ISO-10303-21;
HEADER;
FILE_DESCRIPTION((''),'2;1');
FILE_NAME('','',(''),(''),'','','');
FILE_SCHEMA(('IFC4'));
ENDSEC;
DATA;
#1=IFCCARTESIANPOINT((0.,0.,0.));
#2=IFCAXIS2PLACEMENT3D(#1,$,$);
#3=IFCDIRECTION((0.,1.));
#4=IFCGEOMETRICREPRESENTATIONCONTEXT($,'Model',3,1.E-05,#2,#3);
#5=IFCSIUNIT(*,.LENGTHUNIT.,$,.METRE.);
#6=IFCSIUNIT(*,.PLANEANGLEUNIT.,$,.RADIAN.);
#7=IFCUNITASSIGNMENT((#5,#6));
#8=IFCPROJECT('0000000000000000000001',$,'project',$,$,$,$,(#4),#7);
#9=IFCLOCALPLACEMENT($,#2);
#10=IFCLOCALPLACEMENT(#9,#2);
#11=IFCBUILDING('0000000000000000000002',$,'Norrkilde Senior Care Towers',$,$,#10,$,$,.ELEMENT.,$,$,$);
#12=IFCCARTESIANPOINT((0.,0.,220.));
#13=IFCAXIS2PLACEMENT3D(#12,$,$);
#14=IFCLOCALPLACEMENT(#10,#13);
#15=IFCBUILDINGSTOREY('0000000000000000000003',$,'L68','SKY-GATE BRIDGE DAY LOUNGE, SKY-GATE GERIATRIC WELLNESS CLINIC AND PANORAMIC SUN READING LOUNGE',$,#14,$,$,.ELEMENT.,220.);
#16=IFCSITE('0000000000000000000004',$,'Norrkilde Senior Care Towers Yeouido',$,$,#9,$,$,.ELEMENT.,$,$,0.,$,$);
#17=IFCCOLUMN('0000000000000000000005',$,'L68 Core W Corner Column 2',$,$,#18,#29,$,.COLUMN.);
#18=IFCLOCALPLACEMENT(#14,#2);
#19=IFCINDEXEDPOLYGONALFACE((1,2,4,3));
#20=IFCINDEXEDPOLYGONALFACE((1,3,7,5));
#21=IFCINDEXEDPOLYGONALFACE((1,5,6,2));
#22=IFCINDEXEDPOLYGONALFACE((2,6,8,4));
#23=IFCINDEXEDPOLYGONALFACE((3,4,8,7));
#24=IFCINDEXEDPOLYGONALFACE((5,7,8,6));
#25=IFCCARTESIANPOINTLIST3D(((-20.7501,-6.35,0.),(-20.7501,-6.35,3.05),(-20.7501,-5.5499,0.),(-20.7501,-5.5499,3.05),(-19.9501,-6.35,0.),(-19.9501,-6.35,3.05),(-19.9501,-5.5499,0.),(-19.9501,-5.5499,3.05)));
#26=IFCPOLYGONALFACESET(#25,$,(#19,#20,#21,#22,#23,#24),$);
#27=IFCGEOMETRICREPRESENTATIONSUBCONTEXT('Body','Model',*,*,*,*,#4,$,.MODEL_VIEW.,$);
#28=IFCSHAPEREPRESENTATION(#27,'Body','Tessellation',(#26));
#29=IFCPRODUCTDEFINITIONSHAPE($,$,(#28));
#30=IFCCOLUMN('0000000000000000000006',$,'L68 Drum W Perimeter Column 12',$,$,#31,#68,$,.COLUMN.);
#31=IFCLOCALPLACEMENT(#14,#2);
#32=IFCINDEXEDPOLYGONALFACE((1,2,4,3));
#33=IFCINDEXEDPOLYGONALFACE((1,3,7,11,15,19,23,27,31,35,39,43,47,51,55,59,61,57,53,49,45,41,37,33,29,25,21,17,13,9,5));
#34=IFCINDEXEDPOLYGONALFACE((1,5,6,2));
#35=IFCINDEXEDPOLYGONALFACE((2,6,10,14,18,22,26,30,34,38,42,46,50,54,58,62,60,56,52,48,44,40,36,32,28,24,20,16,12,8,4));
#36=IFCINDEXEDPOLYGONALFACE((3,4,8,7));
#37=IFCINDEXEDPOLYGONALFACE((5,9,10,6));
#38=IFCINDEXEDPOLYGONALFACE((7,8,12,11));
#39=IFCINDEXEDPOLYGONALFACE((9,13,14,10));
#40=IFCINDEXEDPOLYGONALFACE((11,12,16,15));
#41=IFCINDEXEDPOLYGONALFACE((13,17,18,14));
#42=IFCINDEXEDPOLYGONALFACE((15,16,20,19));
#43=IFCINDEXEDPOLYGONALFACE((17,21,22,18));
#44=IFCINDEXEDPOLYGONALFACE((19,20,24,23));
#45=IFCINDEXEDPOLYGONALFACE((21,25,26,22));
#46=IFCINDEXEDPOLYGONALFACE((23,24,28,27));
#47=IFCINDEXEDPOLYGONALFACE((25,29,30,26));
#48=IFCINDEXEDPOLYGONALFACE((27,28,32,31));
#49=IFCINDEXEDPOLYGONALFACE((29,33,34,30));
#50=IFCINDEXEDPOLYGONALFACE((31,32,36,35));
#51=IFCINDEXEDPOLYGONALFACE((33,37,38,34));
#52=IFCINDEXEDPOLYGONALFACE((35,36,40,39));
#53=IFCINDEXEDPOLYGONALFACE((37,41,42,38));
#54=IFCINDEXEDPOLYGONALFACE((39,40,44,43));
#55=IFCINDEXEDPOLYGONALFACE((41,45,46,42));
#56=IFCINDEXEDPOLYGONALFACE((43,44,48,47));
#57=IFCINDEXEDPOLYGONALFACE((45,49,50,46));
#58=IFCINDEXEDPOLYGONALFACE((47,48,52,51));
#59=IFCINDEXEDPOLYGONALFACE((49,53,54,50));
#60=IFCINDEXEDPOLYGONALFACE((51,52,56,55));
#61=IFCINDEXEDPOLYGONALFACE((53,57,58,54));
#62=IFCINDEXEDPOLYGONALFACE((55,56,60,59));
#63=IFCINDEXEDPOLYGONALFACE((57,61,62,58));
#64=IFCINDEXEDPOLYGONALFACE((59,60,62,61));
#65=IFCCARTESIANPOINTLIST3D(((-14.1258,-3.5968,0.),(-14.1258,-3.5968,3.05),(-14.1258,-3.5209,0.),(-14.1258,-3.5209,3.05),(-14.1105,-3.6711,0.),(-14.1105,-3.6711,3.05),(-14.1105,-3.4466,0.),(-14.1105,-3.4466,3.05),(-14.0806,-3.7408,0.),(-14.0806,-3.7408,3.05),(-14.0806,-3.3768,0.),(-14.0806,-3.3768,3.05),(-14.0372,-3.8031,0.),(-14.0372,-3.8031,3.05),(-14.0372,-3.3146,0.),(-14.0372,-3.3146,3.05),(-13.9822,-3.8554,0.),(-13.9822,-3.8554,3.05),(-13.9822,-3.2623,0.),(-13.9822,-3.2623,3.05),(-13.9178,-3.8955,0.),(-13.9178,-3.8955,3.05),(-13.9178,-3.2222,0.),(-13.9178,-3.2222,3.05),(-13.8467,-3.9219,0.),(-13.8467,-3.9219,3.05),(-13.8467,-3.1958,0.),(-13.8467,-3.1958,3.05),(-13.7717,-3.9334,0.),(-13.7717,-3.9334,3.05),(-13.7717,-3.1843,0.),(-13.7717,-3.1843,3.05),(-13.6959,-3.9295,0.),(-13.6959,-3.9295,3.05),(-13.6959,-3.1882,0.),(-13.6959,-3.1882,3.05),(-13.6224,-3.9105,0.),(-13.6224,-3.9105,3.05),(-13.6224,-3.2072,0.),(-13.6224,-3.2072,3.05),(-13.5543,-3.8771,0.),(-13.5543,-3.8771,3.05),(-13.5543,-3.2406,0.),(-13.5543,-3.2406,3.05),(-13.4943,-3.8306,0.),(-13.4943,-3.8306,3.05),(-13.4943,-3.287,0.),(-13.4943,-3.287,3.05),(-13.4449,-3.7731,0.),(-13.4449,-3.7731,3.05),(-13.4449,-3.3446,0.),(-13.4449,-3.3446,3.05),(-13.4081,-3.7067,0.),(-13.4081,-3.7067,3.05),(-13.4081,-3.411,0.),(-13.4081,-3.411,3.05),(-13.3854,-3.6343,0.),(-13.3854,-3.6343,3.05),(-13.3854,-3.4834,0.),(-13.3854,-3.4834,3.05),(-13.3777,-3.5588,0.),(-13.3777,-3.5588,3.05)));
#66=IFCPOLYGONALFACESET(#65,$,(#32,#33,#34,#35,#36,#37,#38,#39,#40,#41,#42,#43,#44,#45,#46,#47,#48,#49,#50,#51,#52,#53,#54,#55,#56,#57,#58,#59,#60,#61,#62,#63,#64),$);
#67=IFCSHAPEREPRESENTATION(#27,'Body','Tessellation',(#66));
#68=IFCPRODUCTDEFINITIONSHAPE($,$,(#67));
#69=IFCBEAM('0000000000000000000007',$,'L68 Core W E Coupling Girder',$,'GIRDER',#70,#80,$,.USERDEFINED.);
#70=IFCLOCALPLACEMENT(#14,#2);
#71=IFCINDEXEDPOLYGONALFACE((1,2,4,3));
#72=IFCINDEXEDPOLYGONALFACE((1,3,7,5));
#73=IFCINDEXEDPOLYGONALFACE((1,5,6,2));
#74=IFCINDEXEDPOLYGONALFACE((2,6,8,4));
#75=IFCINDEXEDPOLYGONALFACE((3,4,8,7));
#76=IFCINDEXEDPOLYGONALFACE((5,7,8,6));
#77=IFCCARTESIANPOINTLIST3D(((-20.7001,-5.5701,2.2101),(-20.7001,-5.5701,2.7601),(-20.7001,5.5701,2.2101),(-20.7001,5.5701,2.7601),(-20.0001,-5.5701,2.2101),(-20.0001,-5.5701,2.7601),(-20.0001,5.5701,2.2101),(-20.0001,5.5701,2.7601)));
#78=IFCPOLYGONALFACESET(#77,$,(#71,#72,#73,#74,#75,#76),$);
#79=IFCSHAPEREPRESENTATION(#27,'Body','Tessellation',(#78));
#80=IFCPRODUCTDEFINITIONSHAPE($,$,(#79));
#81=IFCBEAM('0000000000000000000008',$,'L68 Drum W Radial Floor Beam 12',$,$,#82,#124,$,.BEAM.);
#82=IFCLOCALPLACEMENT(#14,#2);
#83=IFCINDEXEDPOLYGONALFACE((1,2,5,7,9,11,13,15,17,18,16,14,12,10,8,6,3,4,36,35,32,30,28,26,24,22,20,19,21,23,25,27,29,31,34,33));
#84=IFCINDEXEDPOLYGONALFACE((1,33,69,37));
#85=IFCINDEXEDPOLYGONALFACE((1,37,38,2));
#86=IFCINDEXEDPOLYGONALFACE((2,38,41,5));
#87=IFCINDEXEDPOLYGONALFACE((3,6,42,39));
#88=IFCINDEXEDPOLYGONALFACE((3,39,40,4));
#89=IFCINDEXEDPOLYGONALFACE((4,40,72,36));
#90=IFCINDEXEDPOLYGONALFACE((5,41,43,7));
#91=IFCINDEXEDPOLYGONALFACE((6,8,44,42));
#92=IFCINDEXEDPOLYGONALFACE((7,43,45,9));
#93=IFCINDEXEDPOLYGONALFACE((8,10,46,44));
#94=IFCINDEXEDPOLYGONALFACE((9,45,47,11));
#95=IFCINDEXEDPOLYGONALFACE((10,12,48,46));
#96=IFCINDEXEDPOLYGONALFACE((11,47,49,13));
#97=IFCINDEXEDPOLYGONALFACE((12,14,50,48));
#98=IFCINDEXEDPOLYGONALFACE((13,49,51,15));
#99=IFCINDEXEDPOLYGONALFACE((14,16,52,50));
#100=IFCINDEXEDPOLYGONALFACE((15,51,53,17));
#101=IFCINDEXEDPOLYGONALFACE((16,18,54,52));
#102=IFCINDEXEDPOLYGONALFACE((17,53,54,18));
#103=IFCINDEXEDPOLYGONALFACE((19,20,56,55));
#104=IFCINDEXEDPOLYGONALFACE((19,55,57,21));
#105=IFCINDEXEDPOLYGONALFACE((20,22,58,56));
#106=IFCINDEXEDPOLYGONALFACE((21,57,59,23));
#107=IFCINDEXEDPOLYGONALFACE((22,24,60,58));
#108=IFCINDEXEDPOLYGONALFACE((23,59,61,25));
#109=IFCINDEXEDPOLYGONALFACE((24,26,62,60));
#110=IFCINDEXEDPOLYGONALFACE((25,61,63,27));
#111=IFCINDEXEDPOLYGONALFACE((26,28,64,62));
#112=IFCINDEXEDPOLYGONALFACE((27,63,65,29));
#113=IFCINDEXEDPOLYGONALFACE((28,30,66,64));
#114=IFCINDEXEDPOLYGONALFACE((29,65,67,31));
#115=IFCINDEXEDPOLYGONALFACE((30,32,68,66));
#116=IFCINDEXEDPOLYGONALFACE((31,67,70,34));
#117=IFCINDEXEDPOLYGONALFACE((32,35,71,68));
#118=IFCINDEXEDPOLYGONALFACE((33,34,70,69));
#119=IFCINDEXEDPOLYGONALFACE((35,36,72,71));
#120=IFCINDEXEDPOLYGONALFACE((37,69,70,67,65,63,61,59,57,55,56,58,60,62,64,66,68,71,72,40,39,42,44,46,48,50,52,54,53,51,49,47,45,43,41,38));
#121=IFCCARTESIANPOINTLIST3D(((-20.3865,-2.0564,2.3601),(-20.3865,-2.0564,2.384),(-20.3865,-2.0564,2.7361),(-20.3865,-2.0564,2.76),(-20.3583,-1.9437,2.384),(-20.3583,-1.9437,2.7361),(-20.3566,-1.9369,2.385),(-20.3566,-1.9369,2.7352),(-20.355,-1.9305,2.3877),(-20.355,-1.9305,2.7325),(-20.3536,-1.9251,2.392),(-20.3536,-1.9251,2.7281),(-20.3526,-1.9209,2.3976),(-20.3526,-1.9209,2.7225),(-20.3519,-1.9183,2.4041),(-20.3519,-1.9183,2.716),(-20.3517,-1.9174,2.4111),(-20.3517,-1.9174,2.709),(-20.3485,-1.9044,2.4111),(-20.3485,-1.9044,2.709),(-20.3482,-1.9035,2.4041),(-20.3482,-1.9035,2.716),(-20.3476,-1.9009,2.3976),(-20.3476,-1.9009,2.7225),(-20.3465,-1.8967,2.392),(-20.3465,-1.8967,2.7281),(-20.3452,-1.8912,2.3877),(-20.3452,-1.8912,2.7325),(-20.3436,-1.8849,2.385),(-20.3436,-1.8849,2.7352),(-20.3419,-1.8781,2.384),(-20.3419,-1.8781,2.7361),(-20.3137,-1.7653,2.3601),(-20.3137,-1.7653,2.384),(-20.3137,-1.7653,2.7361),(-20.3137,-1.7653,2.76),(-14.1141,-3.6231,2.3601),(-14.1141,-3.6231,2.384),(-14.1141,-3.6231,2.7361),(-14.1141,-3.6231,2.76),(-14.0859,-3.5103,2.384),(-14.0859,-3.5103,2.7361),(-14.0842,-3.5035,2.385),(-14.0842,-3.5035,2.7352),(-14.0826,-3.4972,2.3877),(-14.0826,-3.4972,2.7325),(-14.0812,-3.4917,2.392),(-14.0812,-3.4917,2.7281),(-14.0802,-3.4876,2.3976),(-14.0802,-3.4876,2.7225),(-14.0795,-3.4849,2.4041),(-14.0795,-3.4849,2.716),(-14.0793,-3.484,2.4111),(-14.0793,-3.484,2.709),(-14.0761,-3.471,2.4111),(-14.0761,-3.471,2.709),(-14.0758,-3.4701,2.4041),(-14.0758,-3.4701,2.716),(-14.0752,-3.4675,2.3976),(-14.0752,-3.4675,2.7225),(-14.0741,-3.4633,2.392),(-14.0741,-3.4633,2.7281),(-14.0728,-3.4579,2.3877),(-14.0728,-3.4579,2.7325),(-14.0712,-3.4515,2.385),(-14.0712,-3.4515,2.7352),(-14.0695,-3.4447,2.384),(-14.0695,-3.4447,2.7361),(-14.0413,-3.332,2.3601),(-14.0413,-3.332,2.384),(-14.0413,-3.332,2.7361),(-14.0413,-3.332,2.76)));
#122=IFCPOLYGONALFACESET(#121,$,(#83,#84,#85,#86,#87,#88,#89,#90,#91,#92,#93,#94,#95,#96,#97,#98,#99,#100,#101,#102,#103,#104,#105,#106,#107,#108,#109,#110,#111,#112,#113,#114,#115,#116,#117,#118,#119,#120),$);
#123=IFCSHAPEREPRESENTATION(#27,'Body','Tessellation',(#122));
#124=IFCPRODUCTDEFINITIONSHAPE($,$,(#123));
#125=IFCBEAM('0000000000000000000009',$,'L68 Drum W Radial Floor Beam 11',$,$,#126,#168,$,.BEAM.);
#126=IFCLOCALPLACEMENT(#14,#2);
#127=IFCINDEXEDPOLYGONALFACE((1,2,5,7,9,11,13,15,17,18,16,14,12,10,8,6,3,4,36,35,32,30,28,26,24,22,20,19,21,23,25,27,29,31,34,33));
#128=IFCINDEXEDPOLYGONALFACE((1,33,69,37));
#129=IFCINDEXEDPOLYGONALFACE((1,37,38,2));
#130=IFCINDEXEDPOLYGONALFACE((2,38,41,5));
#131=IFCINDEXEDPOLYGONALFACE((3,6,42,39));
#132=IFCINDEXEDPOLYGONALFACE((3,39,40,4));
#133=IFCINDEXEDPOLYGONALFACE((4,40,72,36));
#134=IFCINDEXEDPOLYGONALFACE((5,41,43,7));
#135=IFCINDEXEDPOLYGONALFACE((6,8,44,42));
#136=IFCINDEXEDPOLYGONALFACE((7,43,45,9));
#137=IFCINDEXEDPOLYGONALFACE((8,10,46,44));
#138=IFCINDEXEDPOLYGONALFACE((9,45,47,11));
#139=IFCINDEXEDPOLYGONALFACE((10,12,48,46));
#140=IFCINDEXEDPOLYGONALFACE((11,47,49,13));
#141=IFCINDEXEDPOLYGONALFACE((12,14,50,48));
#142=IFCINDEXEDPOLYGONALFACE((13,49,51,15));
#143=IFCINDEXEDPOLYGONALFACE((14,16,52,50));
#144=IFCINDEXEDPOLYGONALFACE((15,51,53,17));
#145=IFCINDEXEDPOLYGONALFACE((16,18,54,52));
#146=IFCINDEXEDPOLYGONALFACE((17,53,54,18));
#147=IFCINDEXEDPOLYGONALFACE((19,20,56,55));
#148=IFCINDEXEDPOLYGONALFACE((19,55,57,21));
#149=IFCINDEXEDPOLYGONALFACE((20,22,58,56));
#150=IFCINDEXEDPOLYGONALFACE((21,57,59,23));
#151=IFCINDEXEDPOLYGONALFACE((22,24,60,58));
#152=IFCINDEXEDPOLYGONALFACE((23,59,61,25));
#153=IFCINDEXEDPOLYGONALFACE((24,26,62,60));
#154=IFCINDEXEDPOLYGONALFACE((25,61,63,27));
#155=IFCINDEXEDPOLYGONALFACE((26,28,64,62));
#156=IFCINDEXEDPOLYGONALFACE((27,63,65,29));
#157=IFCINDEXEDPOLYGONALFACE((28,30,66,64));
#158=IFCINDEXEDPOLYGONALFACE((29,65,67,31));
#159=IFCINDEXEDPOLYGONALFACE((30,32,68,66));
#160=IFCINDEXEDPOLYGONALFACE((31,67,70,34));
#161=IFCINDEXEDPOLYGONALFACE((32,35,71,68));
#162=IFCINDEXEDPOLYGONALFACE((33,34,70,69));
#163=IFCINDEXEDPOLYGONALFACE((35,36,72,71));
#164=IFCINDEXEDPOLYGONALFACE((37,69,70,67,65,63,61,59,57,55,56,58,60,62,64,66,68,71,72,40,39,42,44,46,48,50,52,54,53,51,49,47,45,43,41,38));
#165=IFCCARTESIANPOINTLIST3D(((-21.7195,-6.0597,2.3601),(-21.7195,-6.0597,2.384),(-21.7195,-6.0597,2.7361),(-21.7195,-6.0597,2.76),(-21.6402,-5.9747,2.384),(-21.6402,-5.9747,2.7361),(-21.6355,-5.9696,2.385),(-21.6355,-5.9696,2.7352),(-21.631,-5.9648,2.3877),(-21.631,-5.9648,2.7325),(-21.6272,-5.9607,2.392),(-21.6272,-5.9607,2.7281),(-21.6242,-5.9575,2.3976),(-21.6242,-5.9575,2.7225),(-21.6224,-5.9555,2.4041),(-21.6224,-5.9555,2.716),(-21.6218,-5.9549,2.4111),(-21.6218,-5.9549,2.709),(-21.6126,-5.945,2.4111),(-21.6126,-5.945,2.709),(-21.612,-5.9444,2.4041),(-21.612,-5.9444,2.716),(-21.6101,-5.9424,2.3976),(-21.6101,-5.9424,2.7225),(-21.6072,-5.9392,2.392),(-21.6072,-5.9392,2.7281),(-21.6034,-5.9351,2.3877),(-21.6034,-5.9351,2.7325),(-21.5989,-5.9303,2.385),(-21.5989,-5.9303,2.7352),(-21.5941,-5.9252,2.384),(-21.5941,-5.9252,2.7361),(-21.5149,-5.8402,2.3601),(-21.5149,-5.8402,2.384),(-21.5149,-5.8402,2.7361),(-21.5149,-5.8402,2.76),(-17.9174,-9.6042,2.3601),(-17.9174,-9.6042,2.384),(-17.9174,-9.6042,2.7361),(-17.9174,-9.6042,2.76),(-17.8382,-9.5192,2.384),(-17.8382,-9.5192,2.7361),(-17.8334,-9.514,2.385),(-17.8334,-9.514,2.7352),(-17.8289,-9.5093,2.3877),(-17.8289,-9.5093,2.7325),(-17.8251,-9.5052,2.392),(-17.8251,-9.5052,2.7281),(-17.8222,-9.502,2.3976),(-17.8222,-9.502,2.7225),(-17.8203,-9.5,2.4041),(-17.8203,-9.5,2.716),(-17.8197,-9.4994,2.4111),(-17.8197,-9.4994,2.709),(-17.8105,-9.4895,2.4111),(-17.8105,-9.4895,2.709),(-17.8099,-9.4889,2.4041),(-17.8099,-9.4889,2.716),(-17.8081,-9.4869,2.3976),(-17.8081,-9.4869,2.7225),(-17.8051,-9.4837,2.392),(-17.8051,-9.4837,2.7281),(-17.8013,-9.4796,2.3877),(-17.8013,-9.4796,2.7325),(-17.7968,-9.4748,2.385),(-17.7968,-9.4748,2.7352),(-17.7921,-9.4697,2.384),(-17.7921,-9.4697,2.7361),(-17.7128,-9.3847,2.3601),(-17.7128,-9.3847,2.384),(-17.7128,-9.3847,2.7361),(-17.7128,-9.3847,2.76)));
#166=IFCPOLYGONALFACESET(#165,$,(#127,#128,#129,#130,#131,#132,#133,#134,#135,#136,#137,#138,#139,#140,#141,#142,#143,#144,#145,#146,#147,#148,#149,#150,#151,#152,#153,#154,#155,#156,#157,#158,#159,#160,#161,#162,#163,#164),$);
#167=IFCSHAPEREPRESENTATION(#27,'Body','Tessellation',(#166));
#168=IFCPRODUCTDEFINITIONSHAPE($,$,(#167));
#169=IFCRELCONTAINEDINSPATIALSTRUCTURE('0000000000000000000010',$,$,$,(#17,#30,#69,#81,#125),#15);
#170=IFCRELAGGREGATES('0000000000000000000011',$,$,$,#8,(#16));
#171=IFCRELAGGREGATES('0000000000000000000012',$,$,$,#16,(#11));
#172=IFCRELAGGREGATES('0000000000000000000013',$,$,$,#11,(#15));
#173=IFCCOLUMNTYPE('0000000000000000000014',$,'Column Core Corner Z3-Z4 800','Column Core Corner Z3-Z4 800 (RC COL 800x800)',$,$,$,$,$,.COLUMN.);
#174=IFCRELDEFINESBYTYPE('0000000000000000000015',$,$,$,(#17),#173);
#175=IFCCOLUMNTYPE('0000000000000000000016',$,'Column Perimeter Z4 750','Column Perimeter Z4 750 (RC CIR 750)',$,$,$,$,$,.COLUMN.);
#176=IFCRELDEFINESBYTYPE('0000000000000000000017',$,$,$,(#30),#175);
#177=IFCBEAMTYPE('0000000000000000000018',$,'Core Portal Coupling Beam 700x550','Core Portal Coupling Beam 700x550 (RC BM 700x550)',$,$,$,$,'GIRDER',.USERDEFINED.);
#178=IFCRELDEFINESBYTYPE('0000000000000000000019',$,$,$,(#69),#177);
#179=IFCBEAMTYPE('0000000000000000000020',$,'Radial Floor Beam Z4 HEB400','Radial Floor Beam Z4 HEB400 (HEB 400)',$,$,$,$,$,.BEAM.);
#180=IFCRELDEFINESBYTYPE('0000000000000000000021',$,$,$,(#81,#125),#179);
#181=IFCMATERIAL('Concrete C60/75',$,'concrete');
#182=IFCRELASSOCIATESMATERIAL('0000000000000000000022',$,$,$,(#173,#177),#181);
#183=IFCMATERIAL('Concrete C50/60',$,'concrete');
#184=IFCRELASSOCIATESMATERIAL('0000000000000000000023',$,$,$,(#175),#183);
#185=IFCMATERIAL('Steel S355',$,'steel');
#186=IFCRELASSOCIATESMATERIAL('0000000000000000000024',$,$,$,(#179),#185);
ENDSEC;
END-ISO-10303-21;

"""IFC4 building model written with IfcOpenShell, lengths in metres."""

from ifc_helpers import new_model, si_unit, direction, frame, origin, origin_2d, place, context, subcontext, project, spatial, rectangle, circle, i_section, extrude, source, transform, mapped, material, material_profile, profile_set, type_object, type_shapes, element, save


model = new_model("IFC4")

# Units and contexts
model_context = context("Model", 3, precision=1e-05, world=origin(), true_north=direction((0.0, 1.0)))
body_context = subcontext(model_context, "Body", "Model", "MODEL_VIEW")
ifc_project = project(units=[si_unit("LENGTHUNIT", "METRE"), si_unit("PLANEANGLEUNIT", "RADIAN")], contexts=[model_context])

# Site, building, storey
site_placement = place(None, origin())
site = spatial("IfcSite", under=ifc_project, at=site_placement, Name="Norrkilde Senior Care Towers Yeouido", CompositionType="ELEMENT", RefElevation=0.0)
building_placement = place(site_placement, origin())
building = spatial("IfcBuilding", under=site, at=building_placement, Name="Norrkilde Senior Care Towers", CompositionType="ELEMENT")
storey_placement = place(building_placement, frame((0.0, 0.0, 220.0)))
storey = spatial("IfcBuildingStorey", under=building, at=storey_placement, Name="L68", Description="SKY-GATE BRIDGE DAY LOUNGE, SKY-GATE GERIATRIC WELLNESS CLINIC AND PANORAMIC SUN READING LOUNGE", CompositionType="ELEMENT", Elevation=220.0)

# Columns
ifc_material_1 = material(Name="Concrete C60/75", Category="concrete")
ifc_material_profile_1 = material_profile(ifc_material_1, rectangle(XDim=0.8, YDim=0.8, at=origin_2d()), Name="RC COL 800x800")
ifc_profile_set_1 = profile_set([ifc_material_profile_1], Name="Concrete C60/75")
column_type_1 = type_object("IfcColumnType", Name="Column Core Corner Z3-Z4 800", Description="Column Core Corner Z3-Z4 800 (RC COL 800x800)", PredefinedType="COLUMN", material=ifc_profile_set_1)
shared_shape_1 = source(origin(), body_context, "Body", "SweptSolid", [
    extrude(rectangle(XDim=0.8, YDim=0.8, at=origin_2d()), origin(), (0.0, 0.0, 1.0), 3.05),
])
type_shapes(column_type_1, [shared_shape_1])
column_1_placement = place(storey_placement, frame((-20.3501, -5.95, 0.0), z_axis=(0.0, 0.0, 1.0), x_axis=(1.0, 0.0, 0.0)))
element("IfcColumn", 1, at=column_1_placement, inside=storey, type_object=column_type_1, Name="L68 Core W Corner Column 2", PredefinedType="COLUMN", context=body_context, shape_type="MappedRepresentation", body=[
    mapped(shared_shape_1, transform((0.0, 0.0, 0.0), x_axis=(1.0, 0.0, 0.0), y_axis=(0.0, 1.0, 0.0), z_axis=(0.0, 0.0, 1.0), scale=1.0)),
])
ifc_material_2 = material(Name="Concrete C50/60", Category="concrete")
ifc_material_profile_2 = material_profile(ifc_material_2, circle(Radius=0.375, at=origin_2d()), Name="RC CIR 750")
ifc_profile_set_2 = profile_set([ifc_material_profile_2], Name="Concrete C50/60")
column_type_2 = type_object("IfcColumnType", Name="Column Perimeter Z4 750", Description="Column Perimeter Z4 750 (RC CIR 750)", PredefinedType="COLUMN", material=ifc_profile_set_2)
shared_shape_2 = source(origin(), body_context, "Body", "SweptSolid", [
    extrude(circle(Radius=0.375, at=origin_2d()), origin(), (0.0, 0.0, 1.0), 3.05),
])
type_shapes(column_type_2, [shared_shape_2])
column_2_placement = place(storey_placement, frame((-13.7527, -3.5588, 0.0), z_axis=(0.0, 0.0, 1.0), x_axis=(1.0, 0.0, 0.0)))
element("IfcColumn", 2, at=column_2_placement, inside=storey, type_object=column_type_2, Name="L68 Drum W Perimeter Column 12", PredefinedType="COLUMN", context=body_context, shape_type="MappedRepresentation", body=[
    mapped(shared_shape_2, transform((0.0, 0.0, 0.0), x_axis=(1.0, 0.0, 0.0), y_axis=(0.0, 1.0, 0.0), z_axis=(0.0, 0.0, 1.0), scale=1.0)),
])

# Beams
ifc_material_profile_3 = material_profile(ifc_material_1, rectangle(XDim=0.7, YDim=0.55, at=origin_2d()), Name="RC BM 700x550")
ifc_profile_set_3 = profile_set([ifc_material_profile_3], Name="Concrete C60/75")
beam_type_1 = type_object("IfcBeamType", Name="Core Portal Coupling Beam 700x550", Description="Core Portal Coupling Beam 700x550 (RC BM 700x550)", ElementType="GIRDER", PredefinedType="USERDEFINED", material=ifc_profile_set_3)
shared_shape_3 = source(origin(), body_context, "Body", "SweptSolid", [
    extrude(rectangle(XDim=0.7, YDim=0.55, at=origin_2d()), origin(), (0.0, 0.0, 1.0), 11.1401),
])
type_shapes(beam_type_1, [shared_shape_3])
beam_1_placement = place(storey_placement, frame((-20.3501, -5.5701, 2.4851), z_axis=(0.0, 1.0, 0.0), x_axis=(-1.0, 0.0, 0.0)))
element("IfcBeam", 3, at=beam_1_placement, inside=storey, type_object=beam_type_1, Name="L68 Core W E Coupling Girder", ObjectType="GIRDER", PredefinedType="USERDEFINED", context=body_context, shape_type="MappedRepresentation", body=[
    mapped(shared_shape_3, transform((0.0, 0.0, 0.0), x_axis=(1.0, 0.0, 0.0), y_axis=(0.0, 1.0, 0.0), z_axis=(0.0, 0.0, 1.0), scale=1.0)),
])
ifc_material_3 = material(Name="Steel S355", Category="steel")
ifc_material_profile_4 = material_profile(ifc_material_3, i_section(OverallWidth=0.3, OverallDepth=0.3999, WebThickness=0.0134, FlangeThickness=0.0239, FilletRadius=0.0271, at=origin_2d()), Name="HEB 400")
ifc_profile_set_4 = profile_set([ifc_material_profile_4], Name="Steel S355")
beam_type_2 = type_object("IfcBeamType", Name="Radial Floor Beam Z4 HEB400", Description="Radial Floor Beam Z4 HEB400 (HEB 400)", PredefinedType="BEAM", material=ifc_profile_set_4)
shared_shape_4 = source(origin(), body_context, "Body", "SweptSolid", [
    extrude(i_section(OverallWidth=0.3, OverallDepth=0.3999, WebThickness=0.0134, FlangeThickness=0.0239, FilletRadius=0.0271, at=origin_2d()), origin(), (0.0, 0.0, 1.0), 6.4651),
])
beam_2_placement = place(storey_placement, frame((-20.3501, -1.9109, 2.5601), z_axis=(0.970196, -0.242322, 0.0), x_axis=(0.242322, 0.970196, 0.0)))
element("IfcBeam", 4, at=beam_2_placement, inside=storey, type_object=beam_type_2, Name="L68 Drum W Radial Floor Beam 12", PredefinedType="BEAM", context=body_context, shape_type="MappedRepresentation", body=[
    mapped(shared_shape_4, transform((0.0, 0.0, 0.0), x_axis=(1.0, 0.0, 0.0), y_axis=(0.0, 1.0, 0.0), z_axis=(0.0, 0.0, 1.0), scale=1.0)),
])
shared_shape_5 = source(origin(), body_context, "Body", "SweptSolid", [
    extrude(i_section(OverallWidth=0.3, OverallDepth=0.3999, WebThickness=0.0134, FlangeThickness=0.0239, FilletRadius=0.0271, at=origin_2d()), origin(), (0.0, 0.0, 1.0), 5.198),
])
beam_3_placement = place(storey_placement, frame((-21.6172, -5.95, 2.5601), z_axis=(0.731449, -0.681896, 0.0), x_axis=(0.681896, 0.731449, 0.0)))
element("IfcBeam", 5, at=beam_3_placement, inside=storey, type_object=beam_type_2, Name="L68 Drum W Radial Floor Beam 11", PredefinedType="BEAM", context=body_context, shape_type="MappedRepresentation", body=[
    mapped(shared_shape_5, transform((0.0, 0.0, 0.0), x_axis=(1.0, 0.0, 0.0), y_axis=(0.0, 1.0, 0.0), z_axis=(0.0, 0.0, 1.0), scale=1.0)),
])

save(model, "model.ifc")
